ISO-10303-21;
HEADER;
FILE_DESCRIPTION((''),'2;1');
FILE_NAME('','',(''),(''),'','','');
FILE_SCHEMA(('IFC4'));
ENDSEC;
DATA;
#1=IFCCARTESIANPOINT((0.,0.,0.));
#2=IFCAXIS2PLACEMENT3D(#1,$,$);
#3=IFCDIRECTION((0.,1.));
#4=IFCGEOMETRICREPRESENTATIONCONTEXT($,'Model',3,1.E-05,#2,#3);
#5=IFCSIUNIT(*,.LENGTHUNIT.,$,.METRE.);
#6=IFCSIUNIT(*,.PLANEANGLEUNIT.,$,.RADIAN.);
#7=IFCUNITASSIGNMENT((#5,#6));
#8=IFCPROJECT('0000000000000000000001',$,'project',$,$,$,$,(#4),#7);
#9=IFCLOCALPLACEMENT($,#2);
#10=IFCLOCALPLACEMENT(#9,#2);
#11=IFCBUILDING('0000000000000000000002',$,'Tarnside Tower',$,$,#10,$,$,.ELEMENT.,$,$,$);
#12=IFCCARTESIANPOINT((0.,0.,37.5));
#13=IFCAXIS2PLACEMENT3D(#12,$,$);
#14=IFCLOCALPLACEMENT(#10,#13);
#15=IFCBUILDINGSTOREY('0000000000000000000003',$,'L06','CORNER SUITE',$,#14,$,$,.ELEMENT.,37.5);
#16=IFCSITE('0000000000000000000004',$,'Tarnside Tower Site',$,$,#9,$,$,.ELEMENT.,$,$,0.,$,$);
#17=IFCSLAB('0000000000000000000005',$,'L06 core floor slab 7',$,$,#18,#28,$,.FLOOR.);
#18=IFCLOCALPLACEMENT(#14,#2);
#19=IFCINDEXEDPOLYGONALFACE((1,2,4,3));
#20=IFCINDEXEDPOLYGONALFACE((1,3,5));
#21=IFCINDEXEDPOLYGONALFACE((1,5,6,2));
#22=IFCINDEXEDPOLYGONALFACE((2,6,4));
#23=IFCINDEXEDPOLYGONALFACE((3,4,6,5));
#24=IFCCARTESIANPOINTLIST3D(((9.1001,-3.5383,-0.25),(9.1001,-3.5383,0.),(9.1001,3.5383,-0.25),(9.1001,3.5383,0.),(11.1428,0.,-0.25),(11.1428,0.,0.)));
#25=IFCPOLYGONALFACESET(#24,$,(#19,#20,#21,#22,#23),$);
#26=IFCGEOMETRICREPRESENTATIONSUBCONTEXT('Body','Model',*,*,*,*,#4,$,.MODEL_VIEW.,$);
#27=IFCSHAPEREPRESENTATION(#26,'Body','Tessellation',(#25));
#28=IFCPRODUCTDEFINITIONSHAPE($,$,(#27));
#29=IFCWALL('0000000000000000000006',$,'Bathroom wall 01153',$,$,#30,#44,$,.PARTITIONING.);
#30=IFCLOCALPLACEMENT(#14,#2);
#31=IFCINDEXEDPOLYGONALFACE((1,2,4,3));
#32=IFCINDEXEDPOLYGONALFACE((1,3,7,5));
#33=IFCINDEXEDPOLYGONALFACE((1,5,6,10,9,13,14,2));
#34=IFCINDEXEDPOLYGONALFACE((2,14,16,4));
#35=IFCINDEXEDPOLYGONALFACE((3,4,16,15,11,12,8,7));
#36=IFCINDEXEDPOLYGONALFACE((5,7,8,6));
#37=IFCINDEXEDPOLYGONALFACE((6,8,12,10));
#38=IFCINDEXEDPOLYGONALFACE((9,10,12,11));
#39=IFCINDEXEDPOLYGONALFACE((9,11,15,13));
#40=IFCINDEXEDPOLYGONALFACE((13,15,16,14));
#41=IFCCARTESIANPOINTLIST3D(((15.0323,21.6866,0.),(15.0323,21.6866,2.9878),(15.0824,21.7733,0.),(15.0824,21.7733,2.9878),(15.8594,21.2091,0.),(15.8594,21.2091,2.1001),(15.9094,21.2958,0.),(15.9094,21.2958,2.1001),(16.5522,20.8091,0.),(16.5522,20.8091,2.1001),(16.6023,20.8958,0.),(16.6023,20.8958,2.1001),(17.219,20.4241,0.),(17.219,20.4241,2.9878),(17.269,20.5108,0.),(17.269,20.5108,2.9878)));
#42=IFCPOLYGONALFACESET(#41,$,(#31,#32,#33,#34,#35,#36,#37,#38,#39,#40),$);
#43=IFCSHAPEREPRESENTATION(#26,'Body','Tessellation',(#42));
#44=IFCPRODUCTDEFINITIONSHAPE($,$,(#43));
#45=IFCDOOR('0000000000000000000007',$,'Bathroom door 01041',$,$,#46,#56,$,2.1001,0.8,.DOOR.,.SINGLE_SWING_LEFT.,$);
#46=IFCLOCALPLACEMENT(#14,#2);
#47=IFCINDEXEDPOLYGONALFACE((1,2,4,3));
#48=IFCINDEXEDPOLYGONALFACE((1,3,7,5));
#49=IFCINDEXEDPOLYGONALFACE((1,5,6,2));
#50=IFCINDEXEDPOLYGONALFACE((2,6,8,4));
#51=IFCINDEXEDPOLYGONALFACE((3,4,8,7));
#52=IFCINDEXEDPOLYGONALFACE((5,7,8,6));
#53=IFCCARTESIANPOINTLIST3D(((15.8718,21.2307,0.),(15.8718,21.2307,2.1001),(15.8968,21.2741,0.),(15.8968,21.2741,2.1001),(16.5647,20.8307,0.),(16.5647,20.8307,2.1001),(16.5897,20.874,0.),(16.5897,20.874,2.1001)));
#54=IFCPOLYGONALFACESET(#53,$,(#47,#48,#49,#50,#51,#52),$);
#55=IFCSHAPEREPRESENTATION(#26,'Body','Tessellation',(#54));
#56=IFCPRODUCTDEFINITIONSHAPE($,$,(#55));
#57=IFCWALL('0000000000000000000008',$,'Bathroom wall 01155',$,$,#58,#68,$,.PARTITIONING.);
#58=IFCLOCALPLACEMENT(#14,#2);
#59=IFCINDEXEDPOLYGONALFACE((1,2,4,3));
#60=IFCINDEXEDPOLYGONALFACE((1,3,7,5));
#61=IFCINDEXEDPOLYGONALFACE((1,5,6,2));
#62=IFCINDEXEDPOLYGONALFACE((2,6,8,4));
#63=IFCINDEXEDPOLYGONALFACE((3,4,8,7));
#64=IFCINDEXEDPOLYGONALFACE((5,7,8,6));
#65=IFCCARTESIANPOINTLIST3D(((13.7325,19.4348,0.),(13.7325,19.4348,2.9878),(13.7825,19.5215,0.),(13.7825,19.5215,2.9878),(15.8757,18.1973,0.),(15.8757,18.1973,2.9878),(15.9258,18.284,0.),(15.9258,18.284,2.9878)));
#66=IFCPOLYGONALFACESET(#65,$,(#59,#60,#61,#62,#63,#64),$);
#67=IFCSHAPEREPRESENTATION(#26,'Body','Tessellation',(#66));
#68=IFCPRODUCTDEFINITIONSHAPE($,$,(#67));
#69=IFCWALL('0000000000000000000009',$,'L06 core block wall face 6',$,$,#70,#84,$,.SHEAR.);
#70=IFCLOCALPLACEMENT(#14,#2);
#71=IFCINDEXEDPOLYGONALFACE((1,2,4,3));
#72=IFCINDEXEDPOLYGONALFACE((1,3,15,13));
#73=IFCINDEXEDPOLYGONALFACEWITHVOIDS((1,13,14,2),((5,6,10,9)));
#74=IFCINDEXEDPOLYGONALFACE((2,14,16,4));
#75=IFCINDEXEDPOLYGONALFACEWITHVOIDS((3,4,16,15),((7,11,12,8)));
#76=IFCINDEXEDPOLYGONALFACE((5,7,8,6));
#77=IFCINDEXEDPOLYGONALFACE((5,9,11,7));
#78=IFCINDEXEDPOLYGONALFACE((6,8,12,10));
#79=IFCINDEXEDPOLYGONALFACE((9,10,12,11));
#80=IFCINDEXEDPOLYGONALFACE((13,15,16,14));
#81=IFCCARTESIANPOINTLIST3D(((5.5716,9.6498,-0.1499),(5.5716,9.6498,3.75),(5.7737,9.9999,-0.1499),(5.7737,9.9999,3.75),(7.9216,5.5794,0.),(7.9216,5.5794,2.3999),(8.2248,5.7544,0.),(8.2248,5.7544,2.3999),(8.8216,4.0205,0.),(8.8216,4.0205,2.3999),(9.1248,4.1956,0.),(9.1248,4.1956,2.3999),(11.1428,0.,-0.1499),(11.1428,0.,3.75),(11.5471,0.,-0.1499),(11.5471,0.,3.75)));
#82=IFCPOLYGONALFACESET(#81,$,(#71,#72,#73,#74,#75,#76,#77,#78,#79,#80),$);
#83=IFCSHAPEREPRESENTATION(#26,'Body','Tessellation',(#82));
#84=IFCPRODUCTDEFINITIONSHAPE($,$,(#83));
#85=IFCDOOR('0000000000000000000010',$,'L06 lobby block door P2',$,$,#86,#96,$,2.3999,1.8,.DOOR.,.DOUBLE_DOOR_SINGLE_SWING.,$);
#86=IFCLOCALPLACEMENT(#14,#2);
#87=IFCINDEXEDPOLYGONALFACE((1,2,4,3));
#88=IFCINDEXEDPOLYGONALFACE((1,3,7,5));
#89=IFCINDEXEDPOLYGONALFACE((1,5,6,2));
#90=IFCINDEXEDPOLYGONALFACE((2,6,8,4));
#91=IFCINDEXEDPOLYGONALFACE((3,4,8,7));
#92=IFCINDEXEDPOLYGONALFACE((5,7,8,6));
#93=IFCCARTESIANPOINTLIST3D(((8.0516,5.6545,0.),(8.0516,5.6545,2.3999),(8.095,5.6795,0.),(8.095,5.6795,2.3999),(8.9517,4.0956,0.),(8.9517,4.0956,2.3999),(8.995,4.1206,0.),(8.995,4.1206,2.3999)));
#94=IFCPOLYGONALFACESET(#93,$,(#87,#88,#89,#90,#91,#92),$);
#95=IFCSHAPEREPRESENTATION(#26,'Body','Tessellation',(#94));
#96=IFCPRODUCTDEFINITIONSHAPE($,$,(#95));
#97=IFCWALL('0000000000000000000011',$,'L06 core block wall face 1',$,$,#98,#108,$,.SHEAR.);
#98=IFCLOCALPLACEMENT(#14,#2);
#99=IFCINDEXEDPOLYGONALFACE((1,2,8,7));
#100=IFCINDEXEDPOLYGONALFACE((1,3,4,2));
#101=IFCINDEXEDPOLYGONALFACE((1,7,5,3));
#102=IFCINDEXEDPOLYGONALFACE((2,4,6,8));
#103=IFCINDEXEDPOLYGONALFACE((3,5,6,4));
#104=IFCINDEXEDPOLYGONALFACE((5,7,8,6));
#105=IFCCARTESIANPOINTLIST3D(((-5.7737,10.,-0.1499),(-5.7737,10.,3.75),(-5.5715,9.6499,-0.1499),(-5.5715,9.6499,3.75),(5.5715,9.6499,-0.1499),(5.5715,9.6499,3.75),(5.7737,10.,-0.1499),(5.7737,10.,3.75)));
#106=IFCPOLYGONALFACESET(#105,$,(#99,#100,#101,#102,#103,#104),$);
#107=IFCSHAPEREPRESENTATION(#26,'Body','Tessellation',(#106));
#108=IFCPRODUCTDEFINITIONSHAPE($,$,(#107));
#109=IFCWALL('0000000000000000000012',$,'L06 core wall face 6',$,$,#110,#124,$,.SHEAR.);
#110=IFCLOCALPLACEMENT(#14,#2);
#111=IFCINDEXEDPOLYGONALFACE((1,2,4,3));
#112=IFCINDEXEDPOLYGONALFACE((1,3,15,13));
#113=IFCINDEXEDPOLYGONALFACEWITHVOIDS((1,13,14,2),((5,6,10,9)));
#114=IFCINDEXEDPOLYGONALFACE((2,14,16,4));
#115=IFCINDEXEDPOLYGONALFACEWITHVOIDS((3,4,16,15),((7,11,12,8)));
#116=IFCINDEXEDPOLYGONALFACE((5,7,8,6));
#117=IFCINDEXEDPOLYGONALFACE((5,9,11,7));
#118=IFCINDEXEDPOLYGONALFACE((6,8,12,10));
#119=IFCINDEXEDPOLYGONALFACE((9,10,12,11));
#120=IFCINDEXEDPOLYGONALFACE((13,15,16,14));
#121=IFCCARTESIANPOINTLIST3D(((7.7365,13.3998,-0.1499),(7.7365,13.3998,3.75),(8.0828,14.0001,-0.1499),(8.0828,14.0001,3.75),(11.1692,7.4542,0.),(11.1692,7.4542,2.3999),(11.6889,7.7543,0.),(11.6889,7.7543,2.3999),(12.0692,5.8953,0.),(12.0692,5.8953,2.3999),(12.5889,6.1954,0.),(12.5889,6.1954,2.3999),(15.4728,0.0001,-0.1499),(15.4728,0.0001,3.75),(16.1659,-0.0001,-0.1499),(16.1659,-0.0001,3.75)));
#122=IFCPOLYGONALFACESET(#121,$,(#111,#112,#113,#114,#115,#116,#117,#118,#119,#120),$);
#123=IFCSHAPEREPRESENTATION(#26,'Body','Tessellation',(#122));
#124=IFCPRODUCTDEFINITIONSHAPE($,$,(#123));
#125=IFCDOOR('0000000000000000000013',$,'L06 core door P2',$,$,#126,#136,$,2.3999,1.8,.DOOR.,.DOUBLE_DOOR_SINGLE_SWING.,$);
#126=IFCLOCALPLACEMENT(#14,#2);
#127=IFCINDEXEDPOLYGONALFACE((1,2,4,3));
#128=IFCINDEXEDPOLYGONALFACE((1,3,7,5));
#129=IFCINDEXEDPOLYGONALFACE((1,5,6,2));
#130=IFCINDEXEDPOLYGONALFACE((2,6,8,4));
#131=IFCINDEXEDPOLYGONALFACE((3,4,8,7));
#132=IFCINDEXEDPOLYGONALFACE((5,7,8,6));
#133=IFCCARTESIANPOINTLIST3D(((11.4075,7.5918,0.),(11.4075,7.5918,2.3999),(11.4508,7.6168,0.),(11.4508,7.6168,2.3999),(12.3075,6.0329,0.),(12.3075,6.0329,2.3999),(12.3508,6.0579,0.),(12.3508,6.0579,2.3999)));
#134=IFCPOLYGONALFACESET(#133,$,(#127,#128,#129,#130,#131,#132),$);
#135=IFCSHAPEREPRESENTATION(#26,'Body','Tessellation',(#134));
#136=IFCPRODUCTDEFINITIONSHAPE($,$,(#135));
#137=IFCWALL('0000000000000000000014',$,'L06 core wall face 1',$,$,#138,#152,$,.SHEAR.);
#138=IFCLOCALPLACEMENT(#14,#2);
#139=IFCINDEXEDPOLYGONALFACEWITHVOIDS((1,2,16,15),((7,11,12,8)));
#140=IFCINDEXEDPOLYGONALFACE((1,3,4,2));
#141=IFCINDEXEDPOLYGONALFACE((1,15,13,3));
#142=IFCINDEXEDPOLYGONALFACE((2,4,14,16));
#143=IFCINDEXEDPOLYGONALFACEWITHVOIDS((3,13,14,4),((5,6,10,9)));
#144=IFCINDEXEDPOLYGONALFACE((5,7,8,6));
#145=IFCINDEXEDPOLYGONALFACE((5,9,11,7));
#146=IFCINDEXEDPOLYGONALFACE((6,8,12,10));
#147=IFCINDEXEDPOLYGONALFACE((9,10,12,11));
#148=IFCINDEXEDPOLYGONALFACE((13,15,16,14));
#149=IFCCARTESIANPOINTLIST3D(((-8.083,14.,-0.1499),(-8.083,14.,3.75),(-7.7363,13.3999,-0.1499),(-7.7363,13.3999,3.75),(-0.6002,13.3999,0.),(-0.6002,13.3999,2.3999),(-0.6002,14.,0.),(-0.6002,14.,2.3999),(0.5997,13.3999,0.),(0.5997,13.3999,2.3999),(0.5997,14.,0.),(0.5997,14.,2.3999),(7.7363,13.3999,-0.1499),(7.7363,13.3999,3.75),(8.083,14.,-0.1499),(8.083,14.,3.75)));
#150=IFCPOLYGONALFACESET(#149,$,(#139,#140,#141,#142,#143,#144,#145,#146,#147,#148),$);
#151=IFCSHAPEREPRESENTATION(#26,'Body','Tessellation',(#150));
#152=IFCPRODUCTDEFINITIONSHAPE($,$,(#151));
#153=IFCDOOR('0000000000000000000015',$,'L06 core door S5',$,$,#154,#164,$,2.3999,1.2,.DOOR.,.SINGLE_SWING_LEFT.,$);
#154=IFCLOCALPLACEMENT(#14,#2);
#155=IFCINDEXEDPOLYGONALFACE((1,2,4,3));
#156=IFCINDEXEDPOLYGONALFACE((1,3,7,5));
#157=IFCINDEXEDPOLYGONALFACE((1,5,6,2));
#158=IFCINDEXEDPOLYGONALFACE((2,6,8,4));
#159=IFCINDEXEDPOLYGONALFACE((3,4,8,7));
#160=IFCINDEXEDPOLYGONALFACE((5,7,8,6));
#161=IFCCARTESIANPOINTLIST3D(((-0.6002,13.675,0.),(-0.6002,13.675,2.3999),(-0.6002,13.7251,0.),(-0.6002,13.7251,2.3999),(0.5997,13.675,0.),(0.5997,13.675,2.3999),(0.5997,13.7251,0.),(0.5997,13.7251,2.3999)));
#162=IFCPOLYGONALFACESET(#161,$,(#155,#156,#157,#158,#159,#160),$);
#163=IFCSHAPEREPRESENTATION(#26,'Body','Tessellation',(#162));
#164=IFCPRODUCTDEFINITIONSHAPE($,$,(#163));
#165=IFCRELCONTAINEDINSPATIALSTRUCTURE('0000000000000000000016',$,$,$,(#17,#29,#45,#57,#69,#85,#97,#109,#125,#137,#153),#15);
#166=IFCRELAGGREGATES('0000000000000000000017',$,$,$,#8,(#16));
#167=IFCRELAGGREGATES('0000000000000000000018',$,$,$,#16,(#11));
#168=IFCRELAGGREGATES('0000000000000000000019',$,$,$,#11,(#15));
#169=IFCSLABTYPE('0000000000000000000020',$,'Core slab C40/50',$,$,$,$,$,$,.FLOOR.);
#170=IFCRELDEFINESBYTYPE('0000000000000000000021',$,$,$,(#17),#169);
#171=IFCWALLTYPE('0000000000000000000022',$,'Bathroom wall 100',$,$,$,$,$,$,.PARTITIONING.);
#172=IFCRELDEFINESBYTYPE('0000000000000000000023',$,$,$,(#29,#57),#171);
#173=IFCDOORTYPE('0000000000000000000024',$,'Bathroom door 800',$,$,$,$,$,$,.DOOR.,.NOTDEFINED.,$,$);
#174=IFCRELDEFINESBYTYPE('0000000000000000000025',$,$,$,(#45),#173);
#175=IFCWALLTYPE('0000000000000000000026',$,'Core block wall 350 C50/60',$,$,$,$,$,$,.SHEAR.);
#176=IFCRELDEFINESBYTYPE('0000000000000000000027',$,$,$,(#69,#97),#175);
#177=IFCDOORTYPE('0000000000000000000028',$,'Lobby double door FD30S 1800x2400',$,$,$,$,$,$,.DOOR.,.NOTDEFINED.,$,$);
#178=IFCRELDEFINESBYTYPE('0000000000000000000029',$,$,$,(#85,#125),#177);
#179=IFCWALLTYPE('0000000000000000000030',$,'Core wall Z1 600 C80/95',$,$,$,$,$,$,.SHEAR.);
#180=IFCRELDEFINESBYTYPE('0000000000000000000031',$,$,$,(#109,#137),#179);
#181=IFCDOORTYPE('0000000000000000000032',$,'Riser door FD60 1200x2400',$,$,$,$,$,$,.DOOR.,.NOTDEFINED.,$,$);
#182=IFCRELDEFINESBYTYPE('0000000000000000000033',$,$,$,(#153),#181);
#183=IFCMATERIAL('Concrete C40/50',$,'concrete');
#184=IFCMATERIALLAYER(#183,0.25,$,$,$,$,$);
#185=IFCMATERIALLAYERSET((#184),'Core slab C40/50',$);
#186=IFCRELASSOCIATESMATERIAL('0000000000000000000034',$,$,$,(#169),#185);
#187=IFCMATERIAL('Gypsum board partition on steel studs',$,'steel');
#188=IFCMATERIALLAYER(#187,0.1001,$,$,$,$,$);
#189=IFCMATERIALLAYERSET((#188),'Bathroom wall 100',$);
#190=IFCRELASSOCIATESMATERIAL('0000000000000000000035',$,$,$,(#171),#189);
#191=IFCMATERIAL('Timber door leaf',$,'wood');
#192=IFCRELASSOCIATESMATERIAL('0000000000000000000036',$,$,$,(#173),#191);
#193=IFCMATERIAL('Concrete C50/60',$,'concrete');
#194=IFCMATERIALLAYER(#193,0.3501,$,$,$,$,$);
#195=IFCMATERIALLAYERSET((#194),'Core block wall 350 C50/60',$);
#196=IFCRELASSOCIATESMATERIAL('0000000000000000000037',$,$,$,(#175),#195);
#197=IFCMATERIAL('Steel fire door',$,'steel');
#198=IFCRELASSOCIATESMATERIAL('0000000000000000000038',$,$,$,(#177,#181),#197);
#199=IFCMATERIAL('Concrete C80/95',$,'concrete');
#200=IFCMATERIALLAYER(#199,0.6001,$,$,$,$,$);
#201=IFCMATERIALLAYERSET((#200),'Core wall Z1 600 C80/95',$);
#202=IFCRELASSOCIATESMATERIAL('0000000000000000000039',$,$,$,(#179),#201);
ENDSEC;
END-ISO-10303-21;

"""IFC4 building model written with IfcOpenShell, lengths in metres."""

from ifc_helpers import new_model, si_unit, direction, frame, frame_2d, origin, place, context, subcontext, project, spatial, polyline, rectangle, outline, extrude, material, layer, layer_set, type_object, element, fill, save


model = new_model("IFC4")

# Units and contexts
model_context = context("Model", 3, precision=1e-05, world=origin(), true_north=direction((0.0, 1.0)))
body_context = subcontext(model_context, "Body", "Model", "MODEL_VIEW")
ifc_project = project(units=[si_unit("LENGTHUNIT", "METRE"), si_unit("PLANEANGLEUNIT", "RADIAN")], contexts=[model_context])

# Site, building, storey
site_placement = place(None, origin())
site = spatial("IfcSite", under=ifc_project, at=site_placement, Name="Tarnside Tower Site", CompositionType="ELEMENT", RefElevation=0.0)
building_placement = place(site_placement, origin())
building = spatial("IfcBuilding", under=site, at=building_placement, Name="Tarnside Tower", CompositionType="ELEMENT")
storey_placement = place(building_placement, frame((0.0, 0.0, 37.5)))
storey = spatial("IfcBuildingStorey", under=building, at=storey_placement, Name="L06", Description="CORNER SUITE", CompositionType="ELEMENT", Elevation=37.5)

# Slab
ifc_material_1 = material(Name="Concrete C40/50", Category="concrete")
ifc_layer_1 = layer(ifc_material_1, 0.25)
ifc_layer_set_1 = layer_set([ifc_layer_1], Name="Core slab C40/50")
slab_type = type_object("IfcSlabType", Name="Core slab C40/50", PredefinedType="FLOOR", material=ifc_layer_set_1)
slab_placement = place(storey_placement, frame((0.0, 0.0, -0.25)))
element("IfcSlab", 1, at=slab_placement, inside=storey, type_object=slab_type, Name="L06 core floor slab 7", PredefinedType="FLOOR", context=body_context, shape_type="SweptSolid", body=[
    extrude(outline(polyline([(9.1001, -3.5383), (9.1001, 3.5383), (11.1428, 0.0), (9.1001, -3.5383)])), origin(), (0.0, 0.0, 1.0), 0.25),
])

# Wall, opening, door
ifc_material_2 = material(Name="Gypsum board partition on steel studs", Category="steel")
ifc_layer_2 = layer(ifc_material_2, 0.1001)
ifc_layer_set_2 = layer_set([ifc_layer_2], Name="Bathroom wall 100")
wall_type_1 = type_object("IfcWallType", Name="Bathroom wall 100", PredefinedType="PARTITIONING", material=ifc_layer_set_2)
wall_1_placement = place(storey_placement, frame((15.0574, 21.73, 0.0), z_axis=(0.0, 0.0, 1.0), x_axis=(0.866015, -0.500018, 0.0)))
wall_1 = element("IfcWall", 2, at=wall_1_placement, inside=storey, type_object=wall_type_1, Name="Bathroom wall 01153", PredefinedType="PARTITIONING", context=body_context, shape_type="SweptSolid", body=[
    extrude(rectangle(XDim=2.5249, YDim=0.1001, at=frame_2d((1.2625, 0.0))), origin(), (0.0, 0.0, 1.0), 2.9878),
])
opening_1_placement = place(wall_1_placement, frame((0.9551, 0.0, 0.0)))
opening_1 = element("IfcOpeningElement", 3, at=opening_1_placement, cuts=wall_1, PredefinedType="OPENING", context=body_context, shape_type="SweptSolid", body=[
    extrude(rectangle(XDim=0.8, YDim=2.1001, at=frame_2d((0.3999, 1.05))), frame((0.0, 0.0601, 0.0), z_axis=(0.0, -1.0, 0.0), x_axis=(1.0, 0.0, 0.0)), (0.0, 0.0, 1.0), 0.1201),
])
ifc_material_3 = material(Name="Timber door leaf", Category="wood")
door_type_1 = type_object("IfcDoorType", Name="Bathroom door 800", OperationType="NOTDEFINED", PredefinedType="DOOR", material=ifc_material_3)
door_1_placement = place(opening_1_placement, origin())
door_1 = element("IfcDoor", 4, at=door_1_placement, inside=storey, type_object=door_type_1, Name="Bathroom door 01041", OperationType="SINGLE_SWING_LEFT", OverallHeight=2.1001, OverallWidth=0.8, PredefinedType="DOOR", context=body_context, shape_type="SweptSolid", body=[
    extrude(rectangle(XDim=0.8, YDim=2.1001, at=frame_2d((0.3999, 1.05))), frame((0.0, 0.0249, 0.0), z_axis=(0.0, -1.0, 0.0), x_axis=(1.0, 0.0, 0.0)), (0.0, 0.0, 1.0), 0.05),
])
fill(opening_1, door_1)

# Wall
wall_2_placement = place(storey_placement, frame((15.9006, 18.2407, 0.0), z_axis=(0.0, 0.0, 1.0), x_axis=(-0.866007, 0.500033, 0.0)))
element("IfcWall", 5, at=wall_2_placement, inside=storey, type_object=wall_type_1, Name="Bathroom wall 01155", PredefinedType="PARTITIONING", context=body_context, shape_type="SweptSolid", body=[
    extrude(rectangle(XDim=2.4749, YDim=0.1001, at=frame_2d((1.2373, 0.0))), origin(), (0.0, 0.0, 1.0), 2.9878),
])

# Wall, opening, door
ifc_material_4 = material(Name="Concrete C50/60", Category="concrete")
ifc_layer_3 = layer(ifc_material_4, 0.3501)
ifc_layer_set_3 = layer_set([ifc_layer_3], Name="Core block wall 350 C50/60")
wall_type_2 = type_object("IfcWallType", Name="Core block wall 350 C50/60", PredefinedType="SHEAR", material=ifc_layer_set_3)
wall_3_placement = place(storey_placement, frame((11.345, 0.0, -0.1499), z_axis=(0.0, 0.0, 1.0), x_axis=(-0.499995, 0.866028, 0.0)))
wall_3 = element("IfcWall", 6, at=wall_3_placement, inside=storey, type_object=wall_type_2, Name="L06 core block wall face 6", PredefinedType="SHEAR", context=body_context, shape_type="SweptSolid", body=[
    extrude(outline(polyline([(-0.1011, -0.175), (11.4458, -0.175), (11.2437, 0.175), (0.1011, 0.175), (-0.1011, -0.175)])), origin(), (0.0, 0.0, 1.0), 3.8999),
])
opening_2_placement = place(wall_3_placement, frame((4.7437, 0.0, 0.1499)))
opening_2 = element("IfcOpeningElement", 7, at=opening_2_placement, cuts=wall_3, PredefinedType="OPENING", context=body_context, shape_type="SweptSolid", body=[
    extrude(rectangle(XDim=1.8, YDim=2.3999, at=frame_2d((0.8999, 1.2))), frame((0.0, 0.1851, 0.0), z_axis=(0.0, -1.0, 0.0), x_axis=(1.0, 0.0, 0.0)), (0.0, 0.0, 1.0), 0.3701),
])
ifc_material_5 = material(Name="Steel fire door", Category="steel")
door_type_2 = type_object("IfcDoorType", Name="Lobby double door FD30S 1800x2400", OperationType="NOTDEFINED", PredefinedType="DOOR", material=ifc_material_5)
door_2_placement = place(opening_2_placement, origin())
door_2 = element("IfcDoor", 8, at=door_2_placement, inside=storey, type_object=door_type_2, Name="L06 lobby block door P2", OperationType="DOUBLE_DOOR_SINGLE_SWING", OverallHeight=2.3999, OverallWidth=1.8, PredefinedType="DOOR", context=body_context, shape_type="SweptSolid", body=[
    extrude(rectangle(XDim=1.8, YDim=2.3999, at=frame_2d((0.8999, 1.2))), frame((0.0, 0.0249, 0.0), z_axis=(0.0, -1.0, 0.0), x_axis=(1.0, 0.0, 0.0)), (0.0, 0.0, 1.0), 0.05),
])
fill(opening_2, door_2)

# Wall
wall_4_placement = place(storey_placement, frame((5.6726, 9.825, -0.1499), z_axis=(0.0, 0.0, 1.0), x_axis=(-1.0, 0.0, 0.0)))
element("IfcWall", 9, at=wall_4_placement, inside=storey, type_object=wall_type_2, Name="L06 core block wall face 1", PredefinedType="SHEAR", context=body_context, shape_type="SweptSolid", body=[
    extrude(outline(polyline([(-0.1011, -0.175), (11.4463, -0.175), (11.2441, 0.175), (0.1011, 0.175), (-0.1011, -0.175)])), origin(), (0.0, 0.0, 1.0), 3.8999),
])

# Walls, openings, doors
ifc_material_6 = material(Name="Concrete C80/95", Category="concrete")
ifc_layer_4 = layer(ifc_material_6, 0.6001)
ifc_layer_set_4 = layer_set([ifc_layer_4], Name="Core wall Z1 600 C80/95")
wall_type_3 = type_object("IfcWallType", Name="Core wall Z1 600 C80/95", PredefinedType="SHEAR", material=ifc_layer_set_4)
wall_5_placement = place(storey_placement, frame((15.8193, 0.0, -0.1499), z_axis=(0.0, 0.0, 1.0), x_axis=(-0.5, 0.866025, 0.0)))
wall_5 = element("IfcWall", 10, at=wall_5_placement, inside=storey, type_object=wall_type_3, Name="L06 core wall face 6", PredefinedType="SHEAR", context=body_context, shape_type="SweptSolid", body=[
    extrude(outline(polyline([(-0.1733, -0.3), (15.9927, -0.3), (15.646, 0.3), (0.1733, 0.3), (-0.1733, -0.3)])), origin(), (0.0, 0.0, 1.0), 3.8999),
])
opening_3_placement = place(wall_5_placement, frame((6.9807, 0.0, 0.1499)))
opening_3 = element("IfcOpeningElement", 11, at=opening_3_placement, cuts=wall_5, PredefinedType="OPENING", context=body_context, shape_type="SweptSolid", body=[
    extrude(rectangle(XDim=1.8, YDim=2.3999, at=frame_2d((0.8999, 1.2))), frame((0.0, 0.3101, 0.0), z_axis=(0.0, -1.0, 0.0), x_axis=(1.0, 0.0, 0.0)), (0.0, 0.0, 1.0), 0.6201),
])
door_3_placement = place(opening_3_placement, origin())
door_3 = element("IfcDoor", 12, at=door_3_placement, inside=storey, type_object=door_type_2, Name="L06 core door P2", OperationType="DOUBLE_DOOR_SINGLE_SWING", OverallHeight=2.3999, OverallWidth=1.8, PredefinedType="DOOR", context=body_context, shape_type="SweptSolid", body=[
    extrude(rectangle(XDim=1.8, YDim=2.3999, at=frame_2d((0.8999, 1.2))), frame((0.0, 0.0249, 0.0), z_axis=(0.0, -1.0, 0.0), x_axis=(1.0, 0.0, 0.0)), (0.0, 0.0, 1.0), 0.05),
])
fill(opening_3, door_3)
wall_6_placement = place(storey_placement, frame((7.9097, 13.7, -0.1499), z_axis=(0.0, 0.0, 1.0), x_axis=(-1.0, 0.0, 0.0)))
wall_6 = element("IfcWall", 13, at=wall_6_placement, inside=storey, type_object=wall_type_3, Name="L06 core wall face 1", PredefinedType="SHEAR", context=body_context, shape_type="SweptSolid", body=[
    extrude(outline(polyline([(-0.1733, -0.3), (15.9927, -0.3), (15.646, 0.3), (0.1733, 0.3), (-0.1733, -0.3)])), origin(), (0.0, 0.0, 1.0), 3.8999),
])
opening_4_placement = place(wall_6_placement, frame((7.3098, 0.0, 0.1499)))
opening_4 = element("IfcOpeningElement", 14, at=opening_4_placement, cuts=wall_6, PredefinedType="OPENING", context=body_context, shape_type="SweptSolid", body=[
    extrude(rectangle(XDim=1.2, YDim=2.3999, at=frame_2d((0.6001, 1.2))), frame((0.0, 0.3101, 0.0), z_axis=(0.0, -1.0, 0.0), x_axis=(1.0, 0.0, 0.0)), (0.0, 0.0, 1.0), 0.6201),
])
door_type_3 = type_object("IfcDoorType", Name="Riser door FD60 1200x2400", OperationType="NOTDEFINED", PredefinedType="DOOR", material=ifc_material_5)
door_4_placement = place(opening_4_placement, origin())
door_4 = element("IfcDoor", 15, at=door_4_placement, inside=storey, type_object=door_type_3, Name="L06 core door S5", OperationType="SINGLE_SWING_LEFT", OverallHeight=2.3999, OverallWidth=1.2, PredefinedType="DOOR", context=body_context, shape_type="SweptSolid", body=[
    extrude(rectangle(XDim=1.2, YDim=2.3999, at=frame_2d((0.6001, 1.2))), frame((0.0, 0.0249, 0.0), z_axis=(0.0, -1.0, 0.0), x_axis=(1.0, 0.0, 0.0)), (0.0, 0.0, 1.0), 0.05),
])
fill(opening_4, door_4)

save(model, "model.ifc")
